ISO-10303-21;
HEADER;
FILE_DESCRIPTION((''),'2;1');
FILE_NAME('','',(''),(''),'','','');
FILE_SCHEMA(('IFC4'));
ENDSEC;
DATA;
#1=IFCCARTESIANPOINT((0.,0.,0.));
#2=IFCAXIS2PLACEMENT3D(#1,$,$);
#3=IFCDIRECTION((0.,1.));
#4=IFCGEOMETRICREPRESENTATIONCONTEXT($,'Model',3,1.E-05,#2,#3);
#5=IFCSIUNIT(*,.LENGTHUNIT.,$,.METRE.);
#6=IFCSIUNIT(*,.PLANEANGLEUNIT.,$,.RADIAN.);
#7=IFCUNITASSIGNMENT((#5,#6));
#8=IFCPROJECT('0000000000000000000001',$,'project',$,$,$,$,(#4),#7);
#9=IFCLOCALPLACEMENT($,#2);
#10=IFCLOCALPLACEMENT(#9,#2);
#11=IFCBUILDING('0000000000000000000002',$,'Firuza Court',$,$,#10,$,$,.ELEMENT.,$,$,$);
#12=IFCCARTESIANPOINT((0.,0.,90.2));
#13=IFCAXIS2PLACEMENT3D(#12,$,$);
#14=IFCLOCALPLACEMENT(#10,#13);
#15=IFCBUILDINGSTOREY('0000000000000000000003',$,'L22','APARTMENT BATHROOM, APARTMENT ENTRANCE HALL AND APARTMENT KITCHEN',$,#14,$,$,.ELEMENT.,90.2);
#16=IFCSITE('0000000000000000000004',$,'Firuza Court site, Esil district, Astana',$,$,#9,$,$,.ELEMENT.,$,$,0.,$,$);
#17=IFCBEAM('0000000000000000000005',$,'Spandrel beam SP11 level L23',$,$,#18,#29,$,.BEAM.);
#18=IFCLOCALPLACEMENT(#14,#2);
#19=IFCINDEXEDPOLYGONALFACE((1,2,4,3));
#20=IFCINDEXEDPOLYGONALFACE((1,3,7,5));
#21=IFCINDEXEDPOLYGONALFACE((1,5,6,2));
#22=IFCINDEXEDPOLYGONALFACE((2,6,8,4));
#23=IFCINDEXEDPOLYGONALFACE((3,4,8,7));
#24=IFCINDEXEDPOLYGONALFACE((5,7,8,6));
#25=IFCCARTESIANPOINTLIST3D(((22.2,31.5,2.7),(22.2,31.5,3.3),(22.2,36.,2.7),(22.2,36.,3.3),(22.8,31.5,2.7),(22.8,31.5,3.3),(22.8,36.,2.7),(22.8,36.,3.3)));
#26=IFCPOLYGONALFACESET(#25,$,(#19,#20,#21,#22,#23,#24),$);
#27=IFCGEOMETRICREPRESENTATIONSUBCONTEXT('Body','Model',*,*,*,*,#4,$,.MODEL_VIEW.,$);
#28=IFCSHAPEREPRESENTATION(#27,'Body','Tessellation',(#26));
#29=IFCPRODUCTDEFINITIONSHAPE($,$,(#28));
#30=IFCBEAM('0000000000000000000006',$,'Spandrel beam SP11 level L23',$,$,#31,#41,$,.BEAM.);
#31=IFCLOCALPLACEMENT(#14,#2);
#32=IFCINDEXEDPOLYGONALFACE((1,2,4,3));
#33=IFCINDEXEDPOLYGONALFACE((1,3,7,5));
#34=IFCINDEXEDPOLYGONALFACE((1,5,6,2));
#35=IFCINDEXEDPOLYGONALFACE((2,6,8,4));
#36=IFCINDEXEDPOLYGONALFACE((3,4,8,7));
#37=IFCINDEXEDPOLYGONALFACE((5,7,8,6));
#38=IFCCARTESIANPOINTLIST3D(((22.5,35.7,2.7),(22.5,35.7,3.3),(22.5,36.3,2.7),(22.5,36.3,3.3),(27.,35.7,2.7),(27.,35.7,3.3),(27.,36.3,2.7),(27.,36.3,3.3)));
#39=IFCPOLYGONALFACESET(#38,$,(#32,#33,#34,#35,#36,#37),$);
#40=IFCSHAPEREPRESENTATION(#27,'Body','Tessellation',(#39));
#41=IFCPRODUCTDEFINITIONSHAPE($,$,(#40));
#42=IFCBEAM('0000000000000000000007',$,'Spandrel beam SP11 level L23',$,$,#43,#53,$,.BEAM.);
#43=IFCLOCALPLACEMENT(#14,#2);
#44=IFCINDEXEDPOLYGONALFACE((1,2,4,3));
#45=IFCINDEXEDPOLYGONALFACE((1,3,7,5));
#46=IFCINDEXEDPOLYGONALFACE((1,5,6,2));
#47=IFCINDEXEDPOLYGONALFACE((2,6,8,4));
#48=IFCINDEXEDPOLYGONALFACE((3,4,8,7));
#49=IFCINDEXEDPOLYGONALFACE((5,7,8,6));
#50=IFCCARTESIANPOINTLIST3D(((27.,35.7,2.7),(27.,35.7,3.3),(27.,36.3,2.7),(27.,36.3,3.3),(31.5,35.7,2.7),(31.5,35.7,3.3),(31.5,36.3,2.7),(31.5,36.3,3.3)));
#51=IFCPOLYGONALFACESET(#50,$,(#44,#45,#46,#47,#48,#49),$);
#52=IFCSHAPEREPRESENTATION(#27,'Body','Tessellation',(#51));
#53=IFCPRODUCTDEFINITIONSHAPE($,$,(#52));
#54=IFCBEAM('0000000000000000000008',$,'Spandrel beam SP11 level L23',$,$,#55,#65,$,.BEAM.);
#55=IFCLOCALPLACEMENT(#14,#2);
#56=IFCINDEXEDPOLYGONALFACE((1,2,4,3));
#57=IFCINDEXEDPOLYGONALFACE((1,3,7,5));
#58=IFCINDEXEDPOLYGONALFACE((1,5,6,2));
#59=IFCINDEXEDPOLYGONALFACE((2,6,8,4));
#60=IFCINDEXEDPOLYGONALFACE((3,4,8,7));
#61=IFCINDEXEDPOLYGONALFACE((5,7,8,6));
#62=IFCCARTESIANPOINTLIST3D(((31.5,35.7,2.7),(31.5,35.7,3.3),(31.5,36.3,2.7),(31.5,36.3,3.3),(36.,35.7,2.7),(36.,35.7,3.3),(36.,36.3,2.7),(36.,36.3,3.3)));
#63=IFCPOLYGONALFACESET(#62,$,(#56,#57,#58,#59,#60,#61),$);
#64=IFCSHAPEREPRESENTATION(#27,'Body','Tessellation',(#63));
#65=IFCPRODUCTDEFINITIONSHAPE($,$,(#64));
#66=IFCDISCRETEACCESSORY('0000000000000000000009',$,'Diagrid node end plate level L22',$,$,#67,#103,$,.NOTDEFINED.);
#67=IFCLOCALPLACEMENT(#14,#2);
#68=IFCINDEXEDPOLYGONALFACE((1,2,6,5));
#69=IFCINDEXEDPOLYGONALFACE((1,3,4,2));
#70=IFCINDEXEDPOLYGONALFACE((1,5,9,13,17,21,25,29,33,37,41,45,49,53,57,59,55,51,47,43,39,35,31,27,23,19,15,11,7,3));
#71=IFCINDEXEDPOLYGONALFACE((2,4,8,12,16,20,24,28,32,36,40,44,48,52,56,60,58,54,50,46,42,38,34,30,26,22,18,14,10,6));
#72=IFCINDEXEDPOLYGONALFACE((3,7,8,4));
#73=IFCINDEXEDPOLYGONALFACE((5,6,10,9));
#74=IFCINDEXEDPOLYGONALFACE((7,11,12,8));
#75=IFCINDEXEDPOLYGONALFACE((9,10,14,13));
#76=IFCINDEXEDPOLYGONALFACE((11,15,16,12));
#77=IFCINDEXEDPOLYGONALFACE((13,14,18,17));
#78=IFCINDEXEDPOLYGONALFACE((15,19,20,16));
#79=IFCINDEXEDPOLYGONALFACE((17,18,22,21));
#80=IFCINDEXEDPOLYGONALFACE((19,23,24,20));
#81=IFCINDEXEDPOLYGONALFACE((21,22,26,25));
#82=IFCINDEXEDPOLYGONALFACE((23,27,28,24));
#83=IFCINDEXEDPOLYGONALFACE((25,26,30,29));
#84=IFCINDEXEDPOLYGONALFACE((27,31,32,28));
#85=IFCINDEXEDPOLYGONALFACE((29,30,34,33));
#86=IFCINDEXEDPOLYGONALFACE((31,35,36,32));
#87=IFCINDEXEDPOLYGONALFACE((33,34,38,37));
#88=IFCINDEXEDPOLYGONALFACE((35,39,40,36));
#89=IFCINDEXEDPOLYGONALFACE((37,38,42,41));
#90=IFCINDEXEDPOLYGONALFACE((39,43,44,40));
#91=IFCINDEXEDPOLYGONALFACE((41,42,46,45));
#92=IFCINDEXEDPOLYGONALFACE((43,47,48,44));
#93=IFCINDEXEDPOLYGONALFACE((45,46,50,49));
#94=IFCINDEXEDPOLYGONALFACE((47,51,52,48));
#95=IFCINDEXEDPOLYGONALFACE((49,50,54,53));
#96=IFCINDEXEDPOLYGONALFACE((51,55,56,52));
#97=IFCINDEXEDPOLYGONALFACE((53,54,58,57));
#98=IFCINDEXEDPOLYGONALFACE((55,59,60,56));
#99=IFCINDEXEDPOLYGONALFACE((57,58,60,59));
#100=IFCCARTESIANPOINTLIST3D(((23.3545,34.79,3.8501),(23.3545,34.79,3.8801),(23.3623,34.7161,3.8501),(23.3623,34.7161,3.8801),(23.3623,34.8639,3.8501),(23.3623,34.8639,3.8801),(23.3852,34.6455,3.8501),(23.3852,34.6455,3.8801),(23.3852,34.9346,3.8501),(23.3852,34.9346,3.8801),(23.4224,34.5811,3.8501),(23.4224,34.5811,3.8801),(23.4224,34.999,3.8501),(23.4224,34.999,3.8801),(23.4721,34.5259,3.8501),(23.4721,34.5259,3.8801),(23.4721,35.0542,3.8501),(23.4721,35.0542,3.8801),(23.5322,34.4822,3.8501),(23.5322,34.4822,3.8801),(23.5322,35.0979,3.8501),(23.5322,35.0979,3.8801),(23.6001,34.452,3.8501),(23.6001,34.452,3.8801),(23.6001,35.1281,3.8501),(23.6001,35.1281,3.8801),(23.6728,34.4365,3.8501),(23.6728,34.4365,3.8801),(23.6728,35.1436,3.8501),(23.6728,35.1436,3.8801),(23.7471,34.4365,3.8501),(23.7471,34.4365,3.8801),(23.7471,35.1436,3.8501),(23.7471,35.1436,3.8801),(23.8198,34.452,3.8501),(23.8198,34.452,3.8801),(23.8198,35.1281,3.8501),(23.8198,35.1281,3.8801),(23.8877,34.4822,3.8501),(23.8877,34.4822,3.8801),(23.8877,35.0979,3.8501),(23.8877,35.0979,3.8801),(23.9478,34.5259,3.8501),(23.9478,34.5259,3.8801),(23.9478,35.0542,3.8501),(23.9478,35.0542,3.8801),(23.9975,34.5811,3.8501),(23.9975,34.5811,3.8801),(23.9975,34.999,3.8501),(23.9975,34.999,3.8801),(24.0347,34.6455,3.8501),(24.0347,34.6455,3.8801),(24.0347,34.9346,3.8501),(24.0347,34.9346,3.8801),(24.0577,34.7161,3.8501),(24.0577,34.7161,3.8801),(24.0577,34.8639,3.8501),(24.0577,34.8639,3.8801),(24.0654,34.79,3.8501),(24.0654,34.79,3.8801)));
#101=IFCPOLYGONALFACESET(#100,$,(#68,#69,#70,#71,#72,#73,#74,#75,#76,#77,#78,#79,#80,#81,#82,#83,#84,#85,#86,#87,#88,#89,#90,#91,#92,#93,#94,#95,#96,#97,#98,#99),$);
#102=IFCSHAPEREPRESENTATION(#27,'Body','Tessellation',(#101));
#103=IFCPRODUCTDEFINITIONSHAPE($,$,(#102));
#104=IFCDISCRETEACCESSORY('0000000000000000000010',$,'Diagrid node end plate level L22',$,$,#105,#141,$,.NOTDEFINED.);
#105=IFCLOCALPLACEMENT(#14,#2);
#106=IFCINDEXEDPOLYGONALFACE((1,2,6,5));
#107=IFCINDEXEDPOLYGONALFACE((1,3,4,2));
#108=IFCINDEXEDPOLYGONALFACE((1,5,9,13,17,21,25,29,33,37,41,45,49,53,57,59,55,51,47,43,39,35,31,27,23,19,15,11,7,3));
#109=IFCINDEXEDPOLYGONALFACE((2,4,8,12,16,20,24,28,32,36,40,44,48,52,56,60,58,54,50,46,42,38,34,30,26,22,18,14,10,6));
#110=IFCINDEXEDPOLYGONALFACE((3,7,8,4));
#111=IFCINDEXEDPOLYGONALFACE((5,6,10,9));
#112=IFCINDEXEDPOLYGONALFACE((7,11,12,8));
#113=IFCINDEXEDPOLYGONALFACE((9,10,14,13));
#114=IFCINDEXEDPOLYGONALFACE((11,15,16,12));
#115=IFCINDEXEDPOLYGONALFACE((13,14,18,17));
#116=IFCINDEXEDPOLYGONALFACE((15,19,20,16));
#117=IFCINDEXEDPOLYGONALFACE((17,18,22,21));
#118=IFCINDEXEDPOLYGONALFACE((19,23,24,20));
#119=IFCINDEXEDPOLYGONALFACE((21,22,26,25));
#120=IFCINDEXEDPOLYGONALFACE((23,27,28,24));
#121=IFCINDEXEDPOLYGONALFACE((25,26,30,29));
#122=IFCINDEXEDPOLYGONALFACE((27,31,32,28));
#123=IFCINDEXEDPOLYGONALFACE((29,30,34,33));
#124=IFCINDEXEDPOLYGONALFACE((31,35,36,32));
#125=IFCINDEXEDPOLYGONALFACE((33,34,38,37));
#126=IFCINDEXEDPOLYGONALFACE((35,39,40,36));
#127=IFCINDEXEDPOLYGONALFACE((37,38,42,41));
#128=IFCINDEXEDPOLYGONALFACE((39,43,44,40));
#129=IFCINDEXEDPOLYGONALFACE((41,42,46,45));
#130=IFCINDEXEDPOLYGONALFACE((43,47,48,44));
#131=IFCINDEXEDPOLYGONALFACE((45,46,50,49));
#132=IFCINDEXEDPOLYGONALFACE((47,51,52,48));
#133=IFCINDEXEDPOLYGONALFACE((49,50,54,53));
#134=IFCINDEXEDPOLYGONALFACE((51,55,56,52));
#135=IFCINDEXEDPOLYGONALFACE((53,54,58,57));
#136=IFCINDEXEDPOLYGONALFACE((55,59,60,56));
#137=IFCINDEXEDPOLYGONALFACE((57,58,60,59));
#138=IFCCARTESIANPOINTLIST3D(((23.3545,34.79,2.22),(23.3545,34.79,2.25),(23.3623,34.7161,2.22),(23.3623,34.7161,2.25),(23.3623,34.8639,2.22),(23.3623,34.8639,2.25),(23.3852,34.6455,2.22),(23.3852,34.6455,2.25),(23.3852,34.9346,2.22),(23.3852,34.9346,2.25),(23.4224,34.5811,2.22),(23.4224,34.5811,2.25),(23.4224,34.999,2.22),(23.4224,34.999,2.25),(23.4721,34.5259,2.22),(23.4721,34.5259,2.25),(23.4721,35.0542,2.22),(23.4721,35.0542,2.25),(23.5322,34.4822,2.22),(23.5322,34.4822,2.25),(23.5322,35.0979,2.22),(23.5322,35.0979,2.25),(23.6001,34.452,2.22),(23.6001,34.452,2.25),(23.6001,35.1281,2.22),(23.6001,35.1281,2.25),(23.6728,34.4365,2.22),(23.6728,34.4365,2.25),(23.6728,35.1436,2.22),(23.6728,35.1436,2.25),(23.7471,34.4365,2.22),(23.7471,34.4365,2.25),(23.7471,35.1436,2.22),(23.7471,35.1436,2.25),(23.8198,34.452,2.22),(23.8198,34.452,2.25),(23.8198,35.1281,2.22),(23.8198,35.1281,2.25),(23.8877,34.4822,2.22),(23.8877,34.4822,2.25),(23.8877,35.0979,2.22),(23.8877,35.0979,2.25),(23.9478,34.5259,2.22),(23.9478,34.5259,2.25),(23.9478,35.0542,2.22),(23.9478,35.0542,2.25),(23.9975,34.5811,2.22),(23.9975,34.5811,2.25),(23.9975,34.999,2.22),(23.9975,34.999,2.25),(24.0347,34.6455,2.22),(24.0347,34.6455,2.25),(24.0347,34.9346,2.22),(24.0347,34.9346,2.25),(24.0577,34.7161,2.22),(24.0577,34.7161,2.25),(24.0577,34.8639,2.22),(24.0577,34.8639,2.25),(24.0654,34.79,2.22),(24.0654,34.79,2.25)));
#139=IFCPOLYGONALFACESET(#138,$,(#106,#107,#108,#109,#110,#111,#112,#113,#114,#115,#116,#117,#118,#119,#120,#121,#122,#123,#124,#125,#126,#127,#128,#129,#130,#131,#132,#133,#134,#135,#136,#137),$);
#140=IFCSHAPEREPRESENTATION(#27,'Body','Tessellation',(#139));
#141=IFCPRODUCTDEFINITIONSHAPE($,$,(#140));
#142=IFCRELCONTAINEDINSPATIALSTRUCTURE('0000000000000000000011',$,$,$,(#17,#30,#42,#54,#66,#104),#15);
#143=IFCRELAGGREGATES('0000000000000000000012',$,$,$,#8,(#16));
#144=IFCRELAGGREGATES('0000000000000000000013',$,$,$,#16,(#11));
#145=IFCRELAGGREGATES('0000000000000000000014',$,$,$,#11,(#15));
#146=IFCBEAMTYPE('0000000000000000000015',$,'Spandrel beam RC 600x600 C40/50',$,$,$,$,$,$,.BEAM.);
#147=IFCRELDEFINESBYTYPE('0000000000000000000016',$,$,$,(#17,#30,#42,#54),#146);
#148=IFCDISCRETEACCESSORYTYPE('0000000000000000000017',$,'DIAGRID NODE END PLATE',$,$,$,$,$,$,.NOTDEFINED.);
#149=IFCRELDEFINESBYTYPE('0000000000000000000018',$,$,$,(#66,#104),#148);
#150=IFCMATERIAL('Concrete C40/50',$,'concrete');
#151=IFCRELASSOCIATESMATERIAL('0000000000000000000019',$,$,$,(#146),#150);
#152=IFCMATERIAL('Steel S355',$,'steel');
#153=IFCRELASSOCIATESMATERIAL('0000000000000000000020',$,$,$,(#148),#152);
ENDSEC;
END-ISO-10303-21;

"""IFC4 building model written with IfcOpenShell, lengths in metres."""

from ifc_helpers import new_model, si_unit, direction, frame, origin, origin_2d, place, context, subcontext, project, spatial, rectangle, circle, extrude, material, material_profile, profile_set, type_object, element, save


model = new_model("IFC4")

# Units and contexts
model_context = context("Model", 3, precision=1e-05, world=origin(), true_north=direction((0.0, 1.0)))
body_context = subcontext(model_context, "Body", "Model", "MODEL_VIEW")
ifc_project = project(units=[si_unit("LENGTHUNIT", "METRE"), si_unit("PLANEANGLEUNIT", "RADIAN")], contexts=[model_context])

# Site, building, storey
site_placement = place(None, origin())
site = spatial("IfcSite", under=ifc_project, at=site_placement, Name="Firuza Court site, Esil district, Astana", CompositionType="ELEMENT", RefElevation=0.0)
building_placement = place(site_placement, origin())
building = spatial("IfcBuilding", under=site, at=building_placement, Name="Firuza Court", CompositionType="ELEMENT")
storey_placement = place(building_placement, frame((0.0, 0.0, 90.2)))
storey = spatial("IfcBuildingStorey", under=building, at=storey_placement, Name="L22", Description="APARTMENT BATHROOM, APARTMENT ENTRANCE HALL AND APARTMENT KITCHEN", CompositionType="ELEMENT", Elevation=90.2)

# Beams
ifc_material_1 = material(Name="Concrete C40/50", Category="concrete")
ifc_material_profile_1 = material_profile(ifc_material_1, rectangle(XDim=0.6001, YDim=0.6001, at=origin_2d()), Name="RC 600x600")
ifc_profile_set_1 = profile_set([ifc_material_profile_1], Name="Concrete C40/50")
beam_type_1 = type_object("IfcBeamType", Name="Spandrel beam RC 600x600 C40/50", PredefinedType="BEAM", material=ifc_profile_set_1)
for number, where, z_axis, x_axis, name in (
    (1, (22.5, 31.5, 3.0), (0.0, 1.0, 0.0), (-1.0, 0.0, 0.0), "Spandrel beam SP11 level L23"),
    (2, (22.5, 36.0, 3.0), (1.0, 0.0, 0.0), (0.0, 1.0, 0.0), "Spandrel beam SP11 level L23"),
    (3, (27.0, 36.0, 3.0), (1.0, 0.0, 0.0), (0.0, 1.0, 0.0), "Spandrel beam SP11 level L23"),
    (4, (31.5, 36.0, 3.0), (1.0, 0.0, 0.0), (0.0, 1.0, 0.0), "Spandrel beam SP11 level L23"),
):
    element("IfcBeam", number, at=place(storey_placement, frame(where, z_axis=z_axis, x_axis=x_axis)), inside=storey, type_object=beam_type_1, Name=name, PredefinedType="BEAM", context=body_context, shape_type="SweptSolid", body=[
        extrude(rectangle(XDim=0.6001, YDim=0.6001, at=origin_2d()), origin(), (0.0, 0.0, 1.0), 4.5),
    ])

# Discrete accessories
ifc_material_2 = material(Name="Steel S355", Category="steel")
ifc_material_profile_2 = material_profile(ifc_material_2, circle(Radius=0.3555, at=origin_2d()), Name="PL D711")
ifc_profile_set_2 = profile_set([ifc_material_profile_2], Name="Steel S355")
discrete_accessory_type = type_object("IfcDiscreteAccessoryType", Name="DIAGRID NODE END PLATE", PredefinedType="NOTDEFINED", material=ifc_profile_set_2)
for number, where, z_axis, x_axis, name in (
    (5, (23.71, 34.79, 3.8501), (0.0, 0.0, 1.0), (1.0, 0.0, 0.0), "Diagrid node end plate level L22"),
    (6, (23.71, 34.79, 2.22), (0.0, 0.0, 1.0), (1.0, 0.0, 0.0), "Diagrid node end plate level L22"),
):
    element("IfcDiscreteAccessory", number, at=place(storey_placement, frame(where, z_axis=z_axis, x_axis=x_axis)), inside=storey, type_object=discrete_accessory_type, Name=name, PredefinedType="NOTDEFINED", context=body_context, shape_type="SweptSolid", body=[
        extrude(circle(Radius=0.3555, at=origin_2d()), origin(), (0.0, 0.0, 1.0), 0.03),
    ])

save(model, "model.ifc")
